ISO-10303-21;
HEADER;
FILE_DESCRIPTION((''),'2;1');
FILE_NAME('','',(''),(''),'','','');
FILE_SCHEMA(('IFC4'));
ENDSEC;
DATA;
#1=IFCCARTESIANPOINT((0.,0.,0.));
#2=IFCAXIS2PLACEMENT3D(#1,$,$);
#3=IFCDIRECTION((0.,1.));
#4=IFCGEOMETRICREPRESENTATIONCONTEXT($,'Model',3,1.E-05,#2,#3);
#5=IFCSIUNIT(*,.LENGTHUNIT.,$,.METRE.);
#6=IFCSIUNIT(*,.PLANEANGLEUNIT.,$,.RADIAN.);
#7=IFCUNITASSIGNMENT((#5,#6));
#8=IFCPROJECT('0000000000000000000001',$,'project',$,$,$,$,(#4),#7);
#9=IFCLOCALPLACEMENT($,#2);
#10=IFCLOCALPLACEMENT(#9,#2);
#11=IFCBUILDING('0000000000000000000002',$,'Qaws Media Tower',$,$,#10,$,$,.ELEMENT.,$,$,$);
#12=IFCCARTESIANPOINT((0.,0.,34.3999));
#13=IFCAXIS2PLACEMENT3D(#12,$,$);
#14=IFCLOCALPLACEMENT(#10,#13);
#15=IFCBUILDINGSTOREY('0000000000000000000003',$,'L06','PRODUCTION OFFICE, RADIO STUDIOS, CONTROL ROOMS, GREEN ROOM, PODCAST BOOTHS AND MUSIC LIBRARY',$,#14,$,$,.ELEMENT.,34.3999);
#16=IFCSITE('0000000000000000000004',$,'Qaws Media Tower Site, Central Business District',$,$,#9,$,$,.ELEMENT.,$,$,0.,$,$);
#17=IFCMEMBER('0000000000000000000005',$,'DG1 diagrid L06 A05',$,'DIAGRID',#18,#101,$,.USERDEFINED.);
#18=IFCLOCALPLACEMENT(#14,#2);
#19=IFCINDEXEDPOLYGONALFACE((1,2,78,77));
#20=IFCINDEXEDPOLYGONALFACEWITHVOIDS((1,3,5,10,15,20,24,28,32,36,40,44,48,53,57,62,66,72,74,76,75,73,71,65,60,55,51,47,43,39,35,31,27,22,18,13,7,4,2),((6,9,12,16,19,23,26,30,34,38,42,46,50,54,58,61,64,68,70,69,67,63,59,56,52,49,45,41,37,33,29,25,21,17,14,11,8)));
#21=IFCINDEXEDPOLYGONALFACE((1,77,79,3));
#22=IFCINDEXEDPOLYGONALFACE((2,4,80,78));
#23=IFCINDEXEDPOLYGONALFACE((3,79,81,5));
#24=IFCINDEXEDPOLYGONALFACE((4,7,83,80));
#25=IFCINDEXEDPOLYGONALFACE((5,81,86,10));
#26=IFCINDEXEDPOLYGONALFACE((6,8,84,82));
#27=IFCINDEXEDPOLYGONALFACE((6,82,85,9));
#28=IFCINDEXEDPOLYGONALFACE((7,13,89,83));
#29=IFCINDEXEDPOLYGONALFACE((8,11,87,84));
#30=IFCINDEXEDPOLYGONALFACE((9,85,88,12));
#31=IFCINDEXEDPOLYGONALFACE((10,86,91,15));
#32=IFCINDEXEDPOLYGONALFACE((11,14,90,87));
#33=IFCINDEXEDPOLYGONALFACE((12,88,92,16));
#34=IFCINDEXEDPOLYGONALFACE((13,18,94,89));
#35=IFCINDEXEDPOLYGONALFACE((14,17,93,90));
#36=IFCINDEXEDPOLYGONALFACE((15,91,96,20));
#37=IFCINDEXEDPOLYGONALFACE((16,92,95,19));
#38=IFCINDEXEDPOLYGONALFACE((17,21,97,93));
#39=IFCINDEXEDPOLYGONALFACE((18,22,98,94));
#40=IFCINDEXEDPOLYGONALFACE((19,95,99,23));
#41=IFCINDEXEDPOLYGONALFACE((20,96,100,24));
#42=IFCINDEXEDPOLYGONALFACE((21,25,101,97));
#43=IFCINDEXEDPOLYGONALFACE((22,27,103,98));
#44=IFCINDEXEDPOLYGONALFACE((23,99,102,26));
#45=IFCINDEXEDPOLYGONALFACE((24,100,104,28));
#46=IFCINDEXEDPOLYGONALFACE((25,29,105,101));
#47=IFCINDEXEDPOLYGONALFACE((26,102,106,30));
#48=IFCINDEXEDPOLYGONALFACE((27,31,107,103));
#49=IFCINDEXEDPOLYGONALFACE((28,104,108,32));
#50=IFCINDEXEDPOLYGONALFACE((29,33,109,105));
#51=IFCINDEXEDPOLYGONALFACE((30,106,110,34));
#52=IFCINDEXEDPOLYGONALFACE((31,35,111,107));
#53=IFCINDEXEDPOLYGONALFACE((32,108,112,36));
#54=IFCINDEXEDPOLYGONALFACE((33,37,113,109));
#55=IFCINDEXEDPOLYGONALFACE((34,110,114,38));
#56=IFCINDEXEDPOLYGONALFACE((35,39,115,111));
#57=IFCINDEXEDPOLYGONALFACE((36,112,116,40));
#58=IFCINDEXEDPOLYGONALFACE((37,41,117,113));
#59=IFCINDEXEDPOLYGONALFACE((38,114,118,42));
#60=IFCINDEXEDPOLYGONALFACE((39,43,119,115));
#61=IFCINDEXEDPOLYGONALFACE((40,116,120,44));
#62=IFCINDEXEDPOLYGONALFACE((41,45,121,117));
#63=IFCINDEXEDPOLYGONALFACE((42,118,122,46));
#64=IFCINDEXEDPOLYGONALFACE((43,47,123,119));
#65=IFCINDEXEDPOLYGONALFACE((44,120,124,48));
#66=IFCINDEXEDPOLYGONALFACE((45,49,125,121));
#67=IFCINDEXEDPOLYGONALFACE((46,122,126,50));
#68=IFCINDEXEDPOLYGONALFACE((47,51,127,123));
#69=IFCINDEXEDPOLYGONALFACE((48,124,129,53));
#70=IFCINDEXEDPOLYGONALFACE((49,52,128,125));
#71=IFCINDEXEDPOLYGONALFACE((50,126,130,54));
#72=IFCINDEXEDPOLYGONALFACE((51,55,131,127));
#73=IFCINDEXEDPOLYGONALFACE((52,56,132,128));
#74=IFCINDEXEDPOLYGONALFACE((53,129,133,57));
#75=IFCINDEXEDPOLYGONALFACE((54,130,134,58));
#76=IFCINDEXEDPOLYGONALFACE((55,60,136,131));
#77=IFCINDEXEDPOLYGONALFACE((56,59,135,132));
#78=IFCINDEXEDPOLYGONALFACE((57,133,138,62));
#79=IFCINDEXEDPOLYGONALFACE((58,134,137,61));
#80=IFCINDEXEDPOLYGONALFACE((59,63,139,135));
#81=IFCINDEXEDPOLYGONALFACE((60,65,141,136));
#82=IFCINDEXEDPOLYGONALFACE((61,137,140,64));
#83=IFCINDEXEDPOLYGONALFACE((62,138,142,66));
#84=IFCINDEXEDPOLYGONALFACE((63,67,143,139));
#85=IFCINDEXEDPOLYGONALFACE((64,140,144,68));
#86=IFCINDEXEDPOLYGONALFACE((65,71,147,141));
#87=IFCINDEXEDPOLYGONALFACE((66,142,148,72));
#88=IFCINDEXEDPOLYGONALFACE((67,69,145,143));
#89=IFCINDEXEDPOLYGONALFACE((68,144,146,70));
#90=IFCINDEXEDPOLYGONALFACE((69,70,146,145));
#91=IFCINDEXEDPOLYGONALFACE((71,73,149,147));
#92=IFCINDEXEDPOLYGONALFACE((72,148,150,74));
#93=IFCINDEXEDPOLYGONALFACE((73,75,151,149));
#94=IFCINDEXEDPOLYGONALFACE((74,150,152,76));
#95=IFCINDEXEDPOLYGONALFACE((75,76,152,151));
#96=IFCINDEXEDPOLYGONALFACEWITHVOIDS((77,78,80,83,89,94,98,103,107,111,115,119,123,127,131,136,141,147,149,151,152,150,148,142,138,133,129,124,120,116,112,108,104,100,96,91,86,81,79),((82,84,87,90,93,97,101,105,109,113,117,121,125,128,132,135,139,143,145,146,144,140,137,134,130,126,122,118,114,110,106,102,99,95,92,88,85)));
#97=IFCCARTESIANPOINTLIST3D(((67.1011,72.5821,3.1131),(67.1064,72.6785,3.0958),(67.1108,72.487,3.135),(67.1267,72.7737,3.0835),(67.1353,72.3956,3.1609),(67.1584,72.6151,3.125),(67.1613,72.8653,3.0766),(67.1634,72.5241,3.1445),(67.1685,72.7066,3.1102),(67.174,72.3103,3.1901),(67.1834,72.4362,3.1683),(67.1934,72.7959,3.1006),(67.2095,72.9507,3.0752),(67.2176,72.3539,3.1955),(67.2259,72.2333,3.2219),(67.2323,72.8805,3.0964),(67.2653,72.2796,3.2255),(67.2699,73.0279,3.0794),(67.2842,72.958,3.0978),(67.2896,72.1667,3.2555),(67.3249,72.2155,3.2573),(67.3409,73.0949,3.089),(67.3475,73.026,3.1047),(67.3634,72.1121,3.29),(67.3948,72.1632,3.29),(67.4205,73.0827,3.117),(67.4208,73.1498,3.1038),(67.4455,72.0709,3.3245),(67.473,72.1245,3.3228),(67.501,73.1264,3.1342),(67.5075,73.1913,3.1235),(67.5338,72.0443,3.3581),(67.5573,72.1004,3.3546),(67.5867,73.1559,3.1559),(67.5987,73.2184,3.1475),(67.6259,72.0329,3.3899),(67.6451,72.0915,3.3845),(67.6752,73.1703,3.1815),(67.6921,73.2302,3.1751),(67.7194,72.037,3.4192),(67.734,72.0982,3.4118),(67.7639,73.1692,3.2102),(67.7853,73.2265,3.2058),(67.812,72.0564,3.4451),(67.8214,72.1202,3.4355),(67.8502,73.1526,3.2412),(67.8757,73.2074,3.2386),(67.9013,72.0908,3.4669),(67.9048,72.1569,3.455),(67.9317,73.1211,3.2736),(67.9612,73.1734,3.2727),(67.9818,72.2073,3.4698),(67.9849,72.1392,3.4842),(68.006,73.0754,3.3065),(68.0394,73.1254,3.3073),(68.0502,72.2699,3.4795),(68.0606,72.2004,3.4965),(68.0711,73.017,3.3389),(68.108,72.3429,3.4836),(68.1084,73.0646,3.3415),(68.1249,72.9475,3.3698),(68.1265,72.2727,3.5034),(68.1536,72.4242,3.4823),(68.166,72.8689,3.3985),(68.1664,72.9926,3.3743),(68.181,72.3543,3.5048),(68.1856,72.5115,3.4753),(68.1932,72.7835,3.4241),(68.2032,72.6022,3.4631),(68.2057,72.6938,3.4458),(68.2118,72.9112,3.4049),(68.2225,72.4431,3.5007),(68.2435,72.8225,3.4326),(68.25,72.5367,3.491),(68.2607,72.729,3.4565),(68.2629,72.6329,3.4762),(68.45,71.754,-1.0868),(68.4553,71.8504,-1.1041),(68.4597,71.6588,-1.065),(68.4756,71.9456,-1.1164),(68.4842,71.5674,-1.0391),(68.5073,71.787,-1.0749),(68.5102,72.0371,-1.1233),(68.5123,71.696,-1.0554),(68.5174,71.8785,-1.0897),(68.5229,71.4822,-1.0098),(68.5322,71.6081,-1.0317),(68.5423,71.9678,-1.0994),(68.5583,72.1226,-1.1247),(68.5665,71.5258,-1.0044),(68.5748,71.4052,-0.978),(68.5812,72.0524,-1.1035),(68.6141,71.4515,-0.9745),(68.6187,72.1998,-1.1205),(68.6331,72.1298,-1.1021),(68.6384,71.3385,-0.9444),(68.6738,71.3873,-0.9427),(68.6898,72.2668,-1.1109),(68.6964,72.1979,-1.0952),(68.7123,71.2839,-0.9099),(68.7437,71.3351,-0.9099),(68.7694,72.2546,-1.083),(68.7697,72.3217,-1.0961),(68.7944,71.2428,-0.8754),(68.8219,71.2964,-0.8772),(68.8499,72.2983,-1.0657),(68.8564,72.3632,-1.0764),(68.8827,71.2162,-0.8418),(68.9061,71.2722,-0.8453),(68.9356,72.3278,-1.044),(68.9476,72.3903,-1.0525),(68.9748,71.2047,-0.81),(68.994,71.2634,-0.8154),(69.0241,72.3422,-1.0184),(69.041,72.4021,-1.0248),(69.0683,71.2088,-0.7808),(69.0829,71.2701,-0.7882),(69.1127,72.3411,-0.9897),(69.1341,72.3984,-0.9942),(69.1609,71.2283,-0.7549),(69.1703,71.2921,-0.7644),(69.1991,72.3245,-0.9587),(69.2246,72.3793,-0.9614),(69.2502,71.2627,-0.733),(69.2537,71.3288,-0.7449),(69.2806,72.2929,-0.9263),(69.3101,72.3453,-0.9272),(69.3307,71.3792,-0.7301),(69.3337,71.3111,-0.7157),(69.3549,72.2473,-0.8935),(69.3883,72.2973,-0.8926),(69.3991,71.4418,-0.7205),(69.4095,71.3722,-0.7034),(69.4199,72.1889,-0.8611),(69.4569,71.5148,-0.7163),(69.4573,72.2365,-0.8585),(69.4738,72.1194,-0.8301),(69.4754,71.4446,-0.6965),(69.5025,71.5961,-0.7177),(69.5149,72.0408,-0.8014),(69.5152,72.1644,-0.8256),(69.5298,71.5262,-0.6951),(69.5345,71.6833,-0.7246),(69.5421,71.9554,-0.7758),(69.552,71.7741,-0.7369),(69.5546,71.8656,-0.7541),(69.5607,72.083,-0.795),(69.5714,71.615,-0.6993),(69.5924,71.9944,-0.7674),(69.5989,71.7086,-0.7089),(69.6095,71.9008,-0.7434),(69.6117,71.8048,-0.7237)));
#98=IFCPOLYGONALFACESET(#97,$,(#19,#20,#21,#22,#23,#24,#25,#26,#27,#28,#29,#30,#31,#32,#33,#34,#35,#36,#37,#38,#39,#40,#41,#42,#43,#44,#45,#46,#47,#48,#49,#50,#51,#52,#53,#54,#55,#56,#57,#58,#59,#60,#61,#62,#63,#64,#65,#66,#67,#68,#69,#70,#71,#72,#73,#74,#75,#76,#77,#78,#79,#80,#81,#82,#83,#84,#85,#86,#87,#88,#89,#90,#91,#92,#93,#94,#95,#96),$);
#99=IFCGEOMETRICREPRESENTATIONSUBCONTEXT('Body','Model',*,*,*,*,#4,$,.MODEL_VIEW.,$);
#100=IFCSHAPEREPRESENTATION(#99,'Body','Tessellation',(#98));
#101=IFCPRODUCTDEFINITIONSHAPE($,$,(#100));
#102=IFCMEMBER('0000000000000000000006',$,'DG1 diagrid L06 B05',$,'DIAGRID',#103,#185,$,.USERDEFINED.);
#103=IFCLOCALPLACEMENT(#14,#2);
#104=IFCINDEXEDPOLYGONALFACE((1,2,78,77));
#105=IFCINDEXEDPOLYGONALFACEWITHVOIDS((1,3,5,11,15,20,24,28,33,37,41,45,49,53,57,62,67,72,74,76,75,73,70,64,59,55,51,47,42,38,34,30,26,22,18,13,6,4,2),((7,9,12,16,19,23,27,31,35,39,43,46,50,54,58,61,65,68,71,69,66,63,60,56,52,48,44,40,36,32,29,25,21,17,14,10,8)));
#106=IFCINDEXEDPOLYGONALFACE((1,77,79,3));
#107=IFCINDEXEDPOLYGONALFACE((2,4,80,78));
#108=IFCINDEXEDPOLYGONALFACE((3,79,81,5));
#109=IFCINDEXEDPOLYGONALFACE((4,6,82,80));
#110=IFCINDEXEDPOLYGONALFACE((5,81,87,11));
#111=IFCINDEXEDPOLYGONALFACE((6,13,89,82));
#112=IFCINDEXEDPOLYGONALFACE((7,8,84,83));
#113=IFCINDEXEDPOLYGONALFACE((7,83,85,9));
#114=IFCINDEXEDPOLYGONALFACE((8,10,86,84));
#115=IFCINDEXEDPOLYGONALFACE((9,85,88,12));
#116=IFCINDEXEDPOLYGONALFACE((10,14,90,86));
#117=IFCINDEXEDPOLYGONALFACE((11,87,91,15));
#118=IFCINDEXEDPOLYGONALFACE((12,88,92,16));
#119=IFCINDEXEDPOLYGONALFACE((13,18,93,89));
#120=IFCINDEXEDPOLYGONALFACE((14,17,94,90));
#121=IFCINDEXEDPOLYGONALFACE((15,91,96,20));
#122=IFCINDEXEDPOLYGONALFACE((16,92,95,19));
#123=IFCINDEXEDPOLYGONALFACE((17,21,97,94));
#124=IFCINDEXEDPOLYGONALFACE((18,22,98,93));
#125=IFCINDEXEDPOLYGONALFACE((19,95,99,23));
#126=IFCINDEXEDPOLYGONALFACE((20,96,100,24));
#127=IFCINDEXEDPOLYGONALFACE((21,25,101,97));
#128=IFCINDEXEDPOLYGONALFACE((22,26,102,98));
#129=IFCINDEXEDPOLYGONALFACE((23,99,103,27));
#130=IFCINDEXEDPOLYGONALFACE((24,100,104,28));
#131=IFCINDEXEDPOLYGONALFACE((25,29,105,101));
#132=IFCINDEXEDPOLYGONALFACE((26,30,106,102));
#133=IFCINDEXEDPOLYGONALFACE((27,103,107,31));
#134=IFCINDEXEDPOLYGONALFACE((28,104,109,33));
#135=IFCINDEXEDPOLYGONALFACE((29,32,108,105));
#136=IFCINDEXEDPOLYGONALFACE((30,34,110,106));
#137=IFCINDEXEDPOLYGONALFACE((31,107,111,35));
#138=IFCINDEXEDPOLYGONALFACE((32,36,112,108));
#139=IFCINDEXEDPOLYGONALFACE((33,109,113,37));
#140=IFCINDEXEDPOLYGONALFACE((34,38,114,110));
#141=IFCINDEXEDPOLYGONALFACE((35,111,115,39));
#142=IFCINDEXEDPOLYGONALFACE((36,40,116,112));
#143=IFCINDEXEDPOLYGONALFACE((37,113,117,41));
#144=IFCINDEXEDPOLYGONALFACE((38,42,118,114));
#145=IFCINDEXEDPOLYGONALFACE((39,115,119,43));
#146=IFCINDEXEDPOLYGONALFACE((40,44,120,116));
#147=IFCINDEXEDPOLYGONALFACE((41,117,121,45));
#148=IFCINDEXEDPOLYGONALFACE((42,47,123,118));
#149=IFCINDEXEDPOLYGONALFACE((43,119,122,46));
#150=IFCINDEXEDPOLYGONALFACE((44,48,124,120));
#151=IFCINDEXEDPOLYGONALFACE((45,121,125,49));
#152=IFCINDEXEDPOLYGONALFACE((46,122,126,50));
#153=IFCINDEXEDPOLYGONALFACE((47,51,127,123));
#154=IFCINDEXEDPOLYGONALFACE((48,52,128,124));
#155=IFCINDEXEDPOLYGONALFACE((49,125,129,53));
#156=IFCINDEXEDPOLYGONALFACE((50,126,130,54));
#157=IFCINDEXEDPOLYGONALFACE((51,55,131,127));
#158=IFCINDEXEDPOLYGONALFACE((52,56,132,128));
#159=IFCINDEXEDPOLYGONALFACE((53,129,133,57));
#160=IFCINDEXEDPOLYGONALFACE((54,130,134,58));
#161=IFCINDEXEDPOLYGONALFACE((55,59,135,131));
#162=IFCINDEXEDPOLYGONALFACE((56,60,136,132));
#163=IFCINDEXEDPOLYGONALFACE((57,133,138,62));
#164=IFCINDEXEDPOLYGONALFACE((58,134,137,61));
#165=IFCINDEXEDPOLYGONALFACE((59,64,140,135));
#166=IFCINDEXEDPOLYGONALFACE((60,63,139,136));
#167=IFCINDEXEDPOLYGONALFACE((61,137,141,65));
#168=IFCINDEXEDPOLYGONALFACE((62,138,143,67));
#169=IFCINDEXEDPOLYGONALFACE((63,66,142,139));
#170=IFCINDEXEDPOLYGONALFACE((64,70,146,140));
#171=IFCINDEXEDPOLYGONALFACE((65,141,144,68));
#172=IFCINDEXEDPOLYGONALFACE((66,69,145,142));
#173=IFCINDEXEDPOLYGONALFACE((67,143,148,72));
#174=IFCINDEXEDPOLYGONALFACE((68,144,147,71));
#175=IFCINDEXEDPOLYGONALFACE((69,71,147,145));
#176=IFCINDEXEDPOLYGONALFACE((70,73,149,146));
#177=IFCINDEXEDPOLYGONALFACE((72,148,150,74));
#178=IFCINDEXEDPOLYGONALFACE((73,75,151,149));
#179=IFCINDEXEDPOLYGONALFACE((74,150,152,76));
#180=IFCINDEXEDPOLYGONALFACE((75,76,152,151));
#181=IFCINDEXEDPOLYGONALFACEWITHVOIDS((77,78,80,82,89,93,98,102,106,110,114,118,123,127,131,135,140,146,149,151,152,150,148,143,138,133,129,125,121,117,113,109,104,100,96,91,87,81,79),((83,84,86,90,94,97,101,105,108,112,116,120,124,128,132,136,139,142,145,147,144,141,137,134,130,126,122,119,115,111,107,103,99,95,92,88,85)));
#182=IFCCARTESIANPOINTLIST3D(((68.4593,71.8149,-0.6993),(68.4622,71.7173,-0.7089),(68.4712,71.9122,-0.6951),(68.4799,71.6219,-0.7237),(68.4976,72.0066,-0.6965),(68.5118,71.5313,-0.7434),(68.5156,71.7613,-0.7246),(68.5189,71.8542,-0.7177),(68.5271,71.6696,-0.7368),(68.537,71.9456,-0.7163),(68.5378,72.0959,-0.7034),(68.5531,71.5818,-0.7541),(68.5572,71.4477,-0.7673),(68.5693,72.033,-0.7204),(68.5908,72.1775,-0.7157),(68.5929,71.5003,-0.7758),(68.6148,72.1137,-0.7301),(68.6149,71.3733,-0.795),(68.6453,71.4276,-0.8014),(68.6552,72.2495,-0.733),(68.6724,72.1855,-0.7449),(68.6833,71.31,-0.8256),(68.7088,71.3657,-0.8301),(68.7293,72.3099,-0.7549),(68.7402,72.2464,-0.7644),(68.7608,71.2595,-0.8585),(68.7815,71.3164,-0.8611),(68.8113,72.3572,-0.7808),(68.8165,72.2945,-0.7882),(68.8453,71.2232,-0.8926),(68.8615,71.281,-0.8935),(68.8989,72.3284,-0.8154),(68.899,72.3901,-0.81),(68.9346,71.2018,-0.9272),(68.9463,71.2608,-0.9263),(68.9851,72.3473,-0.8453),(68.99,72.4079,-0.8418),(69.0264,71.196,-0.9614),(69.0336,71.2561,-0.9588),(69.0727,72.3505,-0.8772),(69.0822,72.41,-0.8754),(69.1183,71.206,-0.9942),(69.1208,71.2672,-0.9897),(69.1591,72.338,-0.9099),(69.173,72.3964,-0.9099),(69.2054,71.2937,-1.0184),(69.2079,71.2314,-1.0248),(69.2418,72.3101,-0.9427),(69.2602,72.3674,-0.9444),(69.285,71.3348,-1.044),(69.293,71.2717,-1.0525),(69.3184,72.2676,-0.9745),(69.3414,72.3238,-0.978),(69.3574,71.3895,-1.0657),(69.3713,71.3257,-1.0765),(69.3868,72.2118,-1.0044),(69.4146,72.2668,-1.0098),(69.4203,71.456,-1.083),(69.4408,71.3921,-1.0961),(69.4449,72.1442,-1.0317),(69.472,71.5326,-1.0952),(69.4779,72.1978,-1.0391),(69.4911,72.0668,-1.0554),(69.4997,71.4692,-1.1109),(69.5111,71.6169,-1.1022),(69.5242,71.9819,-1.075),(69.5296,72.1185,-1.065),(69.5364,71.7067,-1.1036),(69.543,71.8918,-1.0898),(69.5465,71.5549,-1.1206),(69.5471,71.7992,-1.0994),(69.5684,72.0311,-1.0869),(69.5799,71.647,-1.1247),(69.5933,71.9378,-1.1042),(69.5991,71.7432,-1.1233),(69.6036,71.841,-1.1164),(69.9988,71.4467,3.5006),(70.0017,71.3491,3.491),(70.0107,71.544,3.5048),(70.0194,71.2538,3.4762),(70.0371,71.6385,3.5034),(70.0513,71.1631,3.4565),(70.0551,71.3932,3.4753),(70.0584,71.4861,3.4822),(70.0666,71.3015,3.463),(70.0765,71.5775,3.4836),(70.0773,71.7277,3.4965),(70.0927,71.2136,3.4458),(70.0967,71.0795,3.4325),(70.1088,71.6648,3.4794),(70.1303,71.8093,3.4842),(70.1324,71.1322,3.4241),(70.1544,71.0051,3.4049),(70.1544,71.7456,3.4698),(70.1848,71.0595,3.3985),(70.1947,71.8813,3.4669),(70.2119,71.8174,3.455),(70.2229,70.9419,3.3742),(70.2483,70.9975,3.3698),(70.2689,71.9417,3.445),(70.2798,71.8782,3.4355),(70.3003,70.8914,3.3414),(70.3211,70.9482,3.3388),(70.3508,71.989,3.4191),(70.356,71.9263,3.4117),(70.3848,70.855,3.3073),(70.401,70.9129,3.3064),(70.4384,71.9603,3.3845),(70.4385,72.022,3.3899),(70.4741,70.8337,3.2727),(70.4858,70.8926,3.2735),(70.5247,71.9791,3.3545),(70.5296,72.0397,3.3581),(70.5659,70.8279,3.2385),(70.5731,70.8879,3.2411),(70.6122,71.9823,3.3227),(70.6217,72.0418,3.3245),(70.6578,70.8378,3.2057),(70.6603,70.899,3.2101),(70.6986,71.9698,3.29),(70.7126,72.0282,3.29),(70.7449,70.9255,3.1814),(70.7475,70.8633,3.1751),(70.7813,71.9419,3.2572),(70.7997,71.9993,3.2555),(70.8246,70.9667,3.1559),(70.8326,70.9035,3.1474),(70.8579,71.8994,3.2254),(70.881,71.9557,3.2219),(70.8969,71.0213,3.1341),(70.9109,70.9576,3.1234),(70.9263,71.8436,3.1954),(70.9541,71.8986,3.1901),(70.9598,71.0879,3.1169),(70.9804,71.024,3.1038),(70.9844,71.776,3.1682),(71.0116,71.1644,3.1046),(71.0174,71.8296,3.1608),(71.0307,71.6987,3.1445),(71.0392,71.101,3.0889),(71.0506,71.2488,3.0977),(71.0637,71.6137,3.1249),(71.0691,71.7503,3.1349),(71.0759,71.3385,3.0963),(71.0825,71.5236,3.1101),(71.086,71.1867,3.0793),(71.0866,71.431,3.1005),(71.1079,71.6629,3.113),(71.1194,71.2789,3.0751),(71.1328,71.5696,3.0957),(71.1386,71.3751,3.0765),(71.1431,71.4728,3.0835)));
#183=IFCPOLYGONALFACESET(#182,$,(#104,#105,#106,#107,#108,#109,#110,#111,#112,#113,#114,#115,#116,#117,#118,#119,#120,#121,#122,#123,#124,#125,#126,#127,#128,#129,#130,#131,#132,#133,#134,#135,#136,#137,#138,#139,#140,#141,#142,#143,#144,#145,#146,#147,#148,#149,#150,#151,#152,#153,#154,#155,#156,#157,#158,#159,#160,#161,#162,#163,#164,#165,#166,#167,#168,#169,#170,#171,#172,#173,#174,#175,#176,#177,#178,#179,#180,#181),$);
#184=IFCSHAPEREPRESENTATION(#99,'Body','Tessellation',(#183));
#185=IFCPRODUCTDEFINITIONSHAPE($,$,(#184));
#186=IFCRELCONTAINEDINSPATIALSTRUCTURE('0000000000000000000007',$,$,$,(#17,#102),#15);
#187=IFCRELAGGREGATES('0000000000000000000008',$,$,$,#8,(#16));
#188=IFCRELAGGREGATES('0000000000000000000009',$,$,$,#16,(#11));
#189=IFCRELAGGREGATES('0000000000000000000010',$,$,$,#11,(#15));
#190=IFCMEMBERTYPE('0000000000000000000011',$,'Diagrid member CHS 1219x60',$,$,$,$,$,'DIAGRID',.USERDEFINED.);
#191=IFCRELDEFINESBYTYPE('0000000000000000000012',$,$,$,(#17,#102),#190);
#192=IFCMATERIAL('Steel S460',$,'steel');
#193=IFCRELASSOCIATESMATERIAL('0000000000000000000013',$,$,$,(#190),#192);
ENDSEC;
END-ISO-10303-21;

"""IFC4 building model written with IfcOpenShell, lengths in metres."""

from ifc_helpers import new_model, si_unit, direction, frame, origin, origin_2d, place, context, subcontext, project, spatial, hollow_circle, extrude, material, material_profile, profile_set, type_object, element, save


model = new_model("IFC4")

# Units and contexts
model_context = context("Model", 3, precision=1e-05, world=origin(), true_north=direction((0.0, 1.0)))
body_context = subcontext(model_context, "Body", "Model", "MODEL_VIEW")
ifc_project = project(units=[si_unit("LENGTHUNIT", "METRE"), si_unit("PLANEANGLEUNIT", "RADIAN")], contexts=[model_context])

# Site, building, storey
site_placement = place(None, origin())
site = spatial("IfcSite", under=ifc_project, at=site_placement, Name="Qaws Media Tower Site, Central Business District", CompositionType="ELEMENT", RefElevation=0.0)
building_placement = place(site_placement, origin())
building = spatial("IfcBuilding", under=site, at=building_placement, Name="Qaws Media Tower", CompositionType="ELEMENT")
storey_placement = place(building_placement, frame((0.0, 0.0, 34.3999)))
storey = spatial("IfcBuildingStorey", under=building, at=storey_placement, Name="L06", Description="PRODUCTION OFFICE, RADIO STUDIOS, CONTROL ROOMS, GREEN ROOM, PODCAST BOOTHS AND MUSIC LIBRARY", CompositionType="ELEMENT", Elevation=34.3999)

# Members
ifc_material_1 = material(Name="Steel S460", Category="steel")
ifc_material_profile_1 = material_profile(ifc_material_1, hollow_circle(Radius=0.6096, WallThickness=0.0601, at=origin_2d()), Name="CHS 1219x60")
ifc_profile_set_1 = profile_set([ifc_material_profile_1], Name="Steel S460")
member_type_1 = type_object("IfcMemberType", Name="Diagrid member CHS 1219x60", ElementType="DIAGRID", PredefinedType="USERDEFINED", material=ifc_profile_set_1)
for number, where, z_axis, x_axis, name in (
    (1, (69.0312, 71.8035, -0.9099), (-0.300532, 0.184507, 0.935755), (-0.523202, -0.852209, 0.0), "DG1 diagrid L06 A05"),
    (2, (69.0312, 71.8035, -0.9099), (0.34301, -0.082026, 0.935744), (0.23258, 0.972577, 0.0), "DG1 diagrid L06 B05"),
):
    element("IfcMember", number, at=place(storey_placement, frame(where, z_axis=z_axis, x_axis=x_axis)), inside=storey, type_object=member_type_1, Name=name, ObjectType="DIAGRID", PredefinedType="USERDEFINED", context=body_context, shape_type="SweptSolid", body=[
        extrude(hollow_circle(Radius=0.6096, WallThickness=0.0601, at=origin_2d()), origin(), (0.0, 0.0, 1.0), 4.4883),
    ])

save(model, "model.ifc")
